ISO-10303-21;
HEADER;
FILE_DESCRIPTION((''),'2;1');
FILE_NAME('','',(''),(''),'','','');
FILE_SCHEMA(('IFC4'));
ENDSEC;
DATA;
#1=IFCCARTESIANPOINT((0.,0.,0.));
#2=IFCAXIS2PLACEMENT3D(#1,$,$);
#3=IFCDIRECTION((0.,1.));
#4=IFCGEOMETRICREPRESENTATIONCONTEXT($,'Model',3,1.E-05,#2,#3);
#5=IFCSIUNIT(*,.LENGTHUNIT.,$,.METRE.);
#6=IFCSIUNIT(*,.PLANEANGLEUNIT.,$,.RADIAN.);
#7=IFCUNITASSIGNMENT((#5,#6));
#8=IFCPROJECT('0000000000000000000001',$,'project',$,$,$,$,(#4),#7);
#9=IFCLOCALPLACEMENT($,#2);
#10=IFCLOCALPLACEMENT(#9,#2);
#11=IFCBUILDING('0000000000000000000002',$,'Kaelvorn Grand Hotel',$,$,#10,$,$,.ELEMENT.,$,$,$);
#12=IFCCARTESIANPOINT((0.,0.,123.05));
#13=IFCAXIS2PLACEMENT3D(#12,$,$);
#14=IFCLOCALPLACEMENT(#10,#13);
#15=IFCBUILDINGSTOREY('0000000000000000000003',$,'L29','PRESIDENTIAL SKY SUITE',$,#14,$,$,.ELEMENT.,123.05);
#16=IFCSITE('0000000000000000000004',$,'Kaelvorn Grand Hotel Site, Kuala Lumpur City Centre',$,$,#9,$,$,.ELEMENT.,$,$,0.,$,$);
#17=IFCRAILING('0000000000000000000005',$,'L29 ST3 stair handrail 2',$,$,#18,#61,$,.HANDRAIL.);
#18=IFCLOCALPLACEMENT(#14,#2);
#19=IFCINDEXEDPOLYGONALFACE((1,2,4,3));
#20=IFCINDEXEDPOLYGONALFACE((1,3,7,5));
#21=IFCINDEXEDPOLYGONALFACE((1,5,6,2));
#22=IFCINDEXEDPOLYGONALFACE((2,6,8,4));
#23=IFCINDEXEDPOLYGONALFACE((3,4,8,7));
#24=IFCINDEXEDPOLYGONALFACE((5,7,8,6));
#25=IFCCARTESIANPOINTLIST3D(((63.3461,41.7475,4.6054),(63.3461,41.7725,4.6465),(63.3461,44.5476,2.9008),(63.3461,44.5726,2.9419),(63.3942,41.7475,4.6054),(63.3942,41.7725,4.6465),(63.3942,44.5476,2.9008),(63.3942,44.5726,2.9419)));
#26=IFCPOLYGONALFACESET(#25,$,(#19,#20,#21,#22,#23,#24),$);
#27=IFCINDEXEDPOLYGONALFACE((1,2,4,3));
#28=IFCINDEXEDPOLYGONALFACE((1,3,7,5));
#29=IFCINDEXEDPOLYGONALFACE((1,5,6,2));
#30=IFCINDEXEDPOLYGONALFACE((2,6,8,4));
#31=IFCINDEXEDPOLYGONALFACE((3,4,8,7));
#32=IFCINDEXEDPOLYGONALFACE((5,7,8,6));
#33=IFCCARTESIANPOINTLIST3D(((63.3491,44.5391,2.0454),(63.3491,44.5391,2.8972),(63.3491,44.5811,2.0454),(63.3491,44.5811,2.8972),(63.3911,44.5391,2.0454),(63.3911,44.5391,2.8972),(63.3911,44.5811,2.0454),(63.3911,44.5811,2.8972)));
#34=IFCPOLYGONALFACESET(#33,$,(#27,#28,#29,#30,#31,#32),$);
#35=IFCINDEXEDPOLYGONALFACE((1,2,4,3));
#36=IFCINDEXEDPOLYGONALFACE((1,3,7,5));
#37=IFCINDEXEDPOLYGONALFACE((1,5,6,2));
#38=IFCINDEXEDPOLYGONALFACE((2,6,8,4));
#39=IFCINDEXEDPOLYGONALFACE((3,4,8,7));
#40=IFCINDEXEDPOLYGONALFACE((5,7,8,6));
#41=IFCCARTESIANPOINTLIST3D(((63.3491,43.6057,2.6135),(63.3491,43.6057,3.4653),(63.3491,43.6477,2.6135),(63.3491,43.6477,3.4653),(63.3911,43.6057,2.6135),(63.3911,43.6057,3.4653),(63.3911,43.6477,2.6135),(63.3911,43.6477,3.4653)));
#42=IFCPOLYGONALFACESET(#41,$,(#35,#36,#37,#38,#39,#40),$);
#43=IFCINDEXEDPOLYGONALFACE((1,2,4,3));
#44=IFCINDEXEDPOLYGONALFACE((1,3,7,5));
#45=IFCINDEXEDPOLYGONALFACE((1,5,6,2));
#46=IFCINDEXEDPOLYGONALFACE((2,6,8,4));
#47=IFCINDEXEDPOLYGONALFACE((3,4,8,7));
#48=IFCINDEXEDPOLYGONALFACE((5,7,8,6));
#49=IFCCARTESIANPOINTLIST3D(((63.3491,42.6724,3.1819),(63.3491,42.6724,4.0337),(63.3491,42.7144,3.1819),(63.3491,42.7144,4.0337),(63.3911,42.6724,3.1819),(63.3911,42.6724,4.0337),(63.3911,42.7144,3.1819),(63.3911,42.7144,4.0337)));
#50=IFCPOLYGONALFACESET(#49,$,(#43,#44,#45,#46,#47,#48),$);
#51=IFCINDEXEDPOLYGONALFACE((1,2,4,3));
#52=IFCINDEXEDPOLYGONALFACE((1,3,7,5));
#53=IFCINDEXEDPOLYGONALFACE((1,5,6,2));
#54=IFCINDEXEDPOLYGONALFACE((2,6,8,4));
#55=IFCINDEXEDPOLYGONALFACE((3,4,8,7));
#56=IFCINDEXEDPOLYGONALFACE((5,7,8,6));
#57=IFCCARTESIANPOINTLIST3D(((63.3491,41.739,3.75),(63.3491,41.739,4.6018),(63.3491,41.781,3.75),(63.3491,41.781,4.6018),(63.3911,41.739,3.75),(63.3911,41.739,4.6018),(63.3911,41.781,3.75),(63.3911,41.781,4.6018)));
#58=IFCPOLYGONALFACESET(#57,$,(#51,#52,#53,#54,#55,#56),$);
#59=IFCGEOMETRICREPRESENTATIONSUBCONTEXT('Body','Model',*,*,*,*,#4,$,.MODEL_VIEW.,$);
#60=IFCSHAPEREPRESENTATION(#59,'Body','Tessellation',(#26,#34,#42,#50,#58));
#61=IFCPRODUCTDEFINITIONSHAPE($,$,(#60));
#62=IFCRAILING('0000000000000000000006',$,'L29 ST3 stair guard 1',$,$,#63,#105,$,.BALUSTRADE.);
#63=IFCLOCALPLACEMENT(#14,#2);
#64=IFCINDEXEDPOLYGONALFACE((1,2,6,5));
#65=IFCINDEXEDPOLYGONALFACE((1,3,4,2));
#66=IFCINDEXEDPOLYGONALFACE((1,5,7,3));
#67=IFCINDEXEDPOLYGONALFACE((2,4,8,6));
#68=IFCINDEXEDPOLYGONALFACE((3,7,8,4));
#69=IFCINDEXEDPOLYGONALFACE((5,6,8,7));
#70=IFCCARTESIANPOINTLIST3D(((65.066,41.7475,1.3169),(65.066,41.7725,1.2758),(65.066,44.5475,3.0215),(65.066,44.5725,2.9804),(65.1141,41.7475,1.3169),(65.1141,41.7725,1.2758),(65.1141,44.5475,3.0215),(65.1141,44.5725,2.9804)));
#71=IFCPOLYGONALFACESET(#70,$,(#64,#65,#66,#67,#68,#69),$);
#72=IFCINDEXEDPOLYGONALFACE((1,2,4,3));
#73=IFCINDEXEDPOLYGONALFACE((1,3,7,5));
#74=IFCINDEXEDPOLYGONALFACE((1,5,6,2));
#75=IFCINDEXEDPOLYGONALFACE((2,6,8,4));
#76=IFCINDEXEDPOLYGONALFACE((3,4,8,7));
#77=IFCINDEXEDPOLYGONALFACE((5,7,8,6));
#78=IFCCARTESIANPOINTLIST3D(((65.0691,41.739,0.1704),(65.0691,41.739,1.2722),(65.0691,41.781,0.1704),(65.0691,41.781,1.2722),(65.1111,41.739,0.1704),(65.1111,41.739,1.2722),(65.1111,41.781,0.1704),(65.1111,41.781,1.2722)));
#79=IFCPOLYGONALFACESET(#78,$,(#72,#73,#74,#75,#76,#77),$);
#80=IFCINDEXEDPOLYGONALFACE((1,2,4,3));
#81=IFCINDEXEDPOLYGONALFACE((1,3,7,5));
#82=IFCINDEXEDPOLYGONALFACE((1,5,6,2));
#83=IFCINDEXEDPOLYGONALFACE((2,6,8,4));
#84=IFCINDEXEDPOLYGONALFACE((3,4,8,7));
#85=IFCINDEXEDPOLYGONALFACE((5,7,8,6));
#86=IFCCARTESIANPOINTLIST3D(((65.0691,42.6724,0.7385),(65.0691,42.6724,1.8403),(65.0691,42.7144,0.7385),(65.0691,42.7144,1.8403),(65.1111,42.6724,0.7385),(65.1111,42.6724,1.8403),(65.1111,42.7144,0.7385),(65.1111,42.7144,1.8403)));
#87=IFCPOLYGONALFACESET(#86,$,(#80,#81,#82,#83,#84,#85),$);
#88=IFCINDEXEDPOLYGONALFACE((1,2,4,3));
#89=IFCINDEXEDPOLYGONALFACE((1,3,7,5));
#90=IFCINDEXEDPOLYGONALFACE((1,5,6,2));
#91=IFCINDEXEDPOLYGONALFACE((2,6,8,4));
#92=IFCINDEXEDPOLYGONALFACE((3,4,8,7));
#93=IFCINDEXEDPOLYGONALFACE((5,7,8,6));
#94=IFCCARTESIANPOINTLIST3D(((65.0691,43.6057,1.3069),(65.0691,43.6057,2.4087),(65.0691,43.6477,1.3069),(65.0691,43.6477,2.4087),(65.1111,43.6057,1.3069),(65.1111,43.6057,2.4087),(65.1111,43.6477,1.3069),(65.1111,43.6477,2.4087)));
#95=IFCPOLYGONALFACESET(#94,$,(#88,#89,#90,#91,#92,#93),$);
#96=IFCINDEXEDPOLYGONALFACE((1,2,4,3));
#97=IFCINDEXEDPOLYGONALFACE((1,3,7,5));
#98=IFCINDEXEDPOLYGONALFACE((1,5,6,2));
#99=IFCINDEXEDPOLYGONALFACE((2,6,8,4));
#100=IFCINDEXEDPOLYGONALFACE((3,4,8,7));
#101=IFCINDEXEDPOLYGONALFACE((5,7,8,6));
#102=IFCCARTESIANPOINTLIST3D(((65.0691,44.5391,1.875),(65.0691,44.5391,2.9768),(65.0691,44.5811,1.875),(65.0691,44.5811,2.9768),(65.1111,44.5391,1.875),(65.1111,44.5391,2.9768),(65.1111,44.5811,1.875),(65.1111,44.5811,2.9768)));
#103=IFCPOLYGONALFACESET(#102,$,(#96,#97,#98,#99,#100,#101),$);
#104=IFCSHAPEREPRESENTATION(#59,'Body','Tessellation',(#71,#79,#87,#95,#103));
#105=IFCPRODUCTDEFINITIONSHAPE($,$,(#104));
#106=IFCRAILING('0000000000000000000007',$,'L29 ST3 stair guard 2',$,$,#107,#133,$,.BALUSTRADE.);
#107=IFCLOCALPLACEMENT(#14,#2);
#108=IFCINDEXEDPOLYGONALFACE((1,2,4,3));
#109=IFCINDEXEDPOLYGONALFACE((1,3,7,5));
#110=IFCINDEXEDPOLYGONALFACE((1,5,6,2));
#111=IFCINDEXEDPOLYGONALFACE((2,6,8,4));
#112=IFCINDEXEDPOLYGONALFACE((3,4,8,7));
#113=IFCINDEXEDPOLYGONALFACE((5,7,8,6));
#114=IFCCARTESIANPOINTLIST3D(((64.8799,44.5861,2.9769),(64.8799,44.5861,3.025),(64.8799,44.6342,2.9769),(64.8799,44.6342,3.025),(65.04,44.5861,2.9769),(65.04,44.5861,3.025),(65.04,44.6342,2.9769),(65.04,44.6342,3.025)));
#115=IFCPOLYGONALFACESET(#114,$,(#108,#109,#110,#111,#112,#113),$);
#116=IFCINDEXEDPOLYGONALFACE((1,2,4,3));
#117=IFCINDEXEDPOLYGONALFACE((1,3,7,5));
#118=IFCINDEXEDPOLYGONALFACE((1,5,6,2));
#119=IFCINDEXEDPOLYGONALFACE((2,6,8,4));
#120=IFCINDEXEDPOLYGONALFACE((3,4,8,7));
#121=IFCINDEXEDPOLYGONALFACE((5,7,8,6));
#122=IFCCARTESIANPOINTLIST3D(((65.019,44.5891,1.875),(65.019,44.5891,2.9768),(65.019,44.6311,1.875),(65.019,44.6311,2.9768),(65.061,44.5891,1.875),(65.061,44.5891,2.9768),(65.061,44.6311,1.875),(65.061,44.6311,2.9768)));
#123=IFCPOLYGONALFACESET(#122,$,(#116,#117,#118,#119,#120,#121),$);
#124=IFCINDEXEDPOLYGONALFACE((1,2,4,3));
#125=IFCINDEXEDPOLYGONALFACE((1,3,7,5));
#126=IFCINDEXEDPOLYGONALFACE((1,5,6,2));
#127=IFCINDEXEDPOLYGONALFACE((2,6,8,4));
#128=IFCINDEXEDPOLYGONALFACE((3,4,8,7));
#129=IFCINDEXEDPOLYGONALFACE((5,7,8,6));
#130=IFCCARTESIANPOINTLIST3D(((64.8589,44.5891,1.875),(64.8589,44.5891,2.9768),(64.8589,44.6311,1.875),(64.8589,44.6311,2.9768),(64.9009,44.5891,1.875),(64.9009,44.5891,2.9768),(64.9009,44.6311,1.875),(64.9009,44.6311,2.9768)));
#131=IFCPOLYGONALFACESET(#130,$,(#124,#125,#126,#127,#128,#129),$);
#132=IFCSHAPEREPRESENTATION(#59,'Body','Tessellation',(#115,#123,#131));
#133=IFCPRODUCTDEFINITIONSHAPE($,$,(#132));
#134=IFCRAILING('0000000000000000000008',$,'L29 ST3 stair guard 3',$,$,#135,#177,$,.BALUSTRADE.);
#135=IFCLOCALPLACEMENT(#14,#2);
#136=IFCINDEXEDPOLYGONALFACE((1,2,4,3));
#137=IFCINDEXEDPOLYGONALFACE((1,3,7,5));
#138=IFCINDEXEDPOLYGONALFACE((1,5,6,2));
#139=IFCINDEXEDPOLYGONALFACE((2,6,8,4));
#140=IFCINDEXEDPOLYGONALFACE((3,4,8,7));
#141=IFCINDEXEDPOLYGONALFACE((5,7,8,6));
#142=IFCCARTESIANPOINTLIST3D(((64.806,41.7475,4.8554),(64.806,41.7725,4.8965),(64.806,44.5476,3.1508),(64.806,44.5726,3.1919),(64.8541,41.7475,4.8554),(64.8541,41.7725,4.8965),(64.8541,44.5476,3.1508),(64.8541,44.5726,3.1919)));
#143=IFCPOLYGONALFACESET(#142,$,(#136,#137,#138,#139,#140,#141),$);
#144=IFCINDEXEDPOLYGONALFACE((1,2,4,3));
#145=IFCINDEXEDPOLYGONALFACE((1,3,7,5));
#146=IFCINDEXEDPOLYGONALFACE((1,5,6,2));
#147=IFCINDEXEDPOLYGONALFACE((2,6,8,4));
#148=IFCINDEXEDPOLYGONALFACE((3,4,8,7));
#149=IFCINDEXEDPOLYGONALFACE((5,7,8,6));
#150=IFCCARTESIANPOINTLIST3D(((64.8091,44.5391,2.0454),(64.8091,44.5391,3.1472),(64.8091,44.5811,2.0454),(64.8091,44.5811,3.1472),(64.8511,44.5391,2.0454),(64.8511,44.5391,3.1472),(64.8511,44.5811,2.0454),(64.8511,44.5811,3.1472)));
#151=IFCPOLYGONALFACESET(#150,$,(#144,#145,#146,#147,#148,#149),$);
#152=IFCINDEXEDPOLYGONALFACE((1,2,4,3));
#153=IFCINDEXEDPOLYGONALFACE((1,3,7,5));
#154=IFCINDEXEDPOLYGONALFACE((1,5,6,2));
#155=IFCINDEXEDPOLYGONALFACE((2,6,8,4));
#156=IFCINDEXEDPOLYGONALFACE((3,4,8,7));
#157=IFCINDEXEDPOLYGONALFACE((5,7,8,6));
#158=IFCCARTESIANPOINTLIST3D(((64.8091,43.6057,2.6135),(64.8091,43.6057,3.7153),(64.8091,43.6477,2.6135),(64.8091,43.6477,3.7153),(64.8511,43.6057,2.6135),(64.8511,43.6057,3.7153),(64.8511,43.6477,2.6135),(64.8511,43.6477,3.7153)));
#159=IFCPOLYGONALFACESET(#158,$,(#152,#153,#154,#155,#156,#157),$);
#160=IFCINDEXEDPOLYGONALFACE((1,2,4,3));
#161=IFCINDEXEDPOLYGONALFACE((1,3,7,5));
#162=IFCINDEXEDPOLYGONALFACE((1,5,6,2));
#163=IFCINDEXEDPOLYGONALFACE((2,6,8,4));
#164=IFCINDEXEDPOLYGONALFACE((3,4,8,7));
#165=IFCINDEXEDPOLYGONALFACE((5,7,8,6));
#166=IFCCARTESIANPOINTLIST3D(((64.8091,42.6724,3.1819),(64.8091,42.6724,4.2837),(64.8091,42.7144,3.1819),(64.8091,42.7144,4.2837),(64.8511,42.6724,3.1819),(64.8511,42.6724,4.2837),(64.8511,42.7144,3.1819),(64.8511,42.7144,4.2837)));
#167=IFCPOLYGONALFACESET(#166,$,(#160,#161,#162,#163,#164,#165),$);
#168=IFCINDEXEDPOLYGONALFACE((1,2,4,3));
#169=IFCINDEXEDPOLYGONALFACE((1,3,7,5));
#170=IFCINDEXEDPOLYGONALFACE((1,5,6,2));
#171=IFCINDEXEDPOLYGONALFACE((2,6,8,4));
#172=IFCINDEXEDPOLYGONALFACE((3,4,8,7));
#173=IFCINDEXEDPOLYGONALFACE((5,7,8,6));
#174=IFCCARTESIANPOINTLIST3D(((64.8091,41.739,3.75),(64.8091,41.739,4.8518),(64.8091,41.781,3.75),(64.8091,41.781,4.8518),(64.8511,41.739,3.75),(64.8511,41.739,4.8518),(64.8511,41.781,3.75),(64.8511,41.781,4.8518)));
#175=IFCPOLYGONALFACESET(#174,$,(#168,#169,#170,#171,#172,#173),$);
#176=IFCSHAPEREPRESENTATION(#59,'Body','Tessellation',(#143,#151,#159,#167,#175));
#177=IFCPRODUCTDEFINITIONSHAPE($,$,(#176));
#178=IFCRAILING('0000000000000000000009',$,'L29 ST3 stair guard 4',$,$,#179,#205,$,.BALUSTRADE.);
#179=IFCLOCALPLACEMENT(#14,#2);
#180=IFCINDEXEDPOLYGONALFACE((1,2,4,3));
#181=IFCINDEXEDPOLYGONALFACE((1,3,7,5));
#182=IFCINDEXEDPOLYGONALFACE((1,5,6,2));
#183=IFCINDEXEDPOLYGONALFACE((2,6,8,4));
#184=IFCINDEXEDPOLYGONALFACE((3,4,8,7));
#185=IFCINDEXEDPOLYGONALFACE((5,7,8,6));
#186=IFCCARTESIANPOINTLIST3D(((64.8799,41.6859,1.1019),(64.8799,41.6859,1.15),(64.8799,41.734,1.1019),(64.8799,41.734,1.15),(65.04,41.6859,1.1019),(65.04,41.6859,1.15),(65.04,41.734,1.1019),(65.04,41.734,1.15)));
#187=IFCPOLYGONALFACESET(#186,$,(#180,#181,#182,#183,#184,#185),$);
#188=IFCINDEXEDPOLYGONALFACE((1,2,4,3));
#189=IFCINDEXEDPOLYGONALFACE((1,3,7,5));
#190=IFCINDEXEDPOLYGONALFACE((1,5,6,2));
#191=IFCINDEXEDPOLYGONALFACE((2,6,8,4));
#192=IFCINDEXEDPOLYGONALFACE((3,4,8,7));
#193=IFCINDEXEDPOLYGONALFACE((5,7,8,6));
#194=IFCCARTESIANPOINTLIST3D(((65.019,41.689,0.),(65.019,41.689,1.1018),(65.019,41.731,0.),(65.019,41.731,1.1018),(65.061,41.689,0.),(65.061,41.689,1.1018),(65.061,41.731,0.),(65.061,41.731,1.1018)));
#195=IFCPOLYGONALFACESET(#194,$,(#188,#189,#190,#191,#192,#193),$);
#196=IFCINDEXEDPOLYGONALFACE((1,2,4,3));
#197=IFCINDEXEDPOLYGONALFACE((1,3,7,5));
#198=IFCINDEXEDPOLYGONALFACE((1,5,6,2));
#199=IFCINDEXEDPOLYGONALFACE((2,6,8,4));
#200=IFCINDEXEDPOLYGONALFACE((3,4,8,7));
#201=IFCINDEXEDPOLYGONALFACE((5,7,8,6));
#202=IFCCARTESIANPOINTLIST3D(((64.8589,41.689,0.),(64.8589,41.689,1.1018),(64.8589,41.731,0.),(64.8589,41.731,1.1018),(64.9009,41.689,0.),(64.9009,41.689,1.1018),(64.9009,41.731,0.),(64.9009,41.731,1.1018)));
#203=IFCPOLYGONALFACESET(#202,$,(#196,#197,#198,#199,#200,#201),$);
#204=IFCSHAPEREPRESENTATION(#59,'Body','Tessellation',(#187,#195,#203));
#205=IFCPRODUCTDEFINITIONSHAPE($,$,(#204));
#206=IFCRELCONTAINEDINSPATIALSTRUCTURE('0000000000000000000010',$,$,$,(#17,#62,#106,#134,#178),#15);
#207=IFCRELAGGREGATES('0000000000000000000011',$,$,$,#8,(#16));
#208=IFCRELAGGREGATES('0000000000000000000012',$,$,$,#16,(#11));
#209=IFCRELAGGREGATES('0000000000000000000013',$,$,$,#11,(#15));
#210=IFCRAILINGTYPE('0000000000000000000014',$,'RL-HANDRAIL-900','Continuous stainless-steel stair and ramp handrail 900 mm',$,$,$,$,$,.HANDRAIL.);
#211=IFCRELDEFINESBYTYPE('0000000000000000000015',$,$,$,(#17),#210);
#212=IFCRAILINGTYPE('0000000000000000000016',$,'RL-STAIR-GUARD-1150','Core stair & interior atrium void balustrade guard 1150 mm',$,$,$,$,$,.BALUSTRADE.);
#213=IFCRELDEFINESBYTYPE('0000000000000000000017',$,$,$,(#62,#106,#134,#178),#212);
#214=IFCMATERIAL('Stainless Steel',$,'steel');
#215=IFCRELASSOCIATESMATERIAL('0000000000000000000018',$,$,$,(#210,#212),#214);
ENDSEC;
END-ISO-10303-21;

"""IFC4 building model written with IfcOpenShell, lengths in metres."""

from ifc_helpers import new_model, si_unit, direction, frame, origin, origin_2d, place, context, subcontext, project, spatial, rectangle, extrude, material, type_object, element, save


model = new_model("IFC4")

# Units and contexts
model_context = context("Model", 3, precision=1e-05, world=origin(), true_north=direction((0.0, 1.0)))
body_context = subcontext(model_context, "Body", "Model", "MODEL_VIEW")
ifc_project = project(units=[si_unit("LENGTHUNIT", "METRE"), si_unit("PLANEANGLEUNIT", "RADIAN")], contexts=[model_context])

# Site, building, storey
site_placement = place(None, origin())
site = spatial("IfcSite", under=ifc_project, at=site_placement, Name="Kaelvorn Grand Hotel Site, Kuala Lumpur City Centre", CompositionType="ELEMENT", RefElevation=0.0)
building_placement = place(site_placement, origin())
building = spatial("IfcBuilding", under=site, at=building_placement, Name="Kaelvorn Grand Hotel", CompositionType="ELEMENT")
storey_placement = place(building_placement, frame((0.0, 0.0, 123.05)))
storey = spatial("IfcBuildingStorey", under=building, at=storey_placement, Name="L29", Description="PRESIDENTIAL SKY SUITE", CompositionType="ELEMENT", Elevation=123.05)

# Railings
ifc_material_1 = material(Name="Stainless Steel", Category="steel")
railing_type_1 = type_object("IfcRailingType", Name="RL-HANDRAIL-900", Description="Continuous stainless-steel stair and ramp handrail 900 mm", PredefinedType="HANDRAIL", material=ifc_material_1)
railing_1_placement = place(storey_placement, frame((63.3701, 44.5601, 2.0454)))
element("IfcRailing", 1, at=railing_1_placement, inside=storey, type_object=railing_type_1, Name="L29 ST3 stair handrail 2", PredefinedType="HANDRAIL", context=body_context, shape_type="SweptSolid", body=[
    extrude(rectangle(XDim=0.0481, YDim=0.0481, at=origin_2d()), frame((0.0, 0.0, 0.876), z_axis=(0.0, -0.85417, 0.519994), x_axis=(1.0, 0.0, 0.0)), (0.0, 0.0, 1.0), 3.2781),
    extrude(rectangle(XDim=0.042, YDim=0.042, at=origin_2d()), origin(), (0.0, 0.0, 1.0), 0.8518),
    extrude(rectangle(XDim=0.042, YDim=0.042, at=origin_2d()), frame((0.0, -0.9333, 0.5681)), (0.0, 0.0, 1.0), 0.8518),
    extrude(rectangle(XDim=0.042, YDim=0.042, at=origin_2d()), frame((0.0, -1.8667, 1.1365)), (0.0, 0.0, 1.0), 0.8518),
    extrude(rectangle(XDim=0.042, YDim=0.042, at=origin_2d()), frame((0.0, -2.8, 1.7046)), (0.0, 0.0, 1.0), 0.8518),
])
railing_type_2 = type_object("IfcRailingType", Name="RL-STAIR-GUARD-1150", Description="Core stair & interior atrium void balustrade guard 1150 mm", PredefinedType="BALUSTRADE", material=ifc_material_1)
railing_2_placement = place(storey_placement, frame((65.0901, 41.76, 0.1704)))
element("IfcRailing", 2, at=railing_2_placement, inside=storey, type_object=railing_type_2, Name="L29 ST3 stair guard 1", PredefinedType="BALUSTRADE", context=body_context, shape_type="SweptSolid", body=[
    extrude(rectangle(XDim=0.0481, YDim=0.0481, at=origin_2d()), frame((0.0, 0.0, 1.126), z_axis=(0.0, 0.85417, 0.519994), x_axis=(-1.0, 0.0, 0.0)), (0.0, 0.0, 1.0), 3.2781),
    extrude(rectangle(XDim=0.042, YDim=0.042, at=origin_2d()), origin(), (0.0, 0.0, 1.0), 1.1018),
    extrude(rectangle(XDim=0.042, YDim=0.042, at=origin_2d()), frame((0.0, 0.9333, 0.5681)), (0.0, 0.0, 1.0), 1.1018),
    extrude(rectangle(XDim=0.042, YDim=0.042, at=origin_2d()), frame((0.0, 1.8667, 1.1365)), (0.0, 0.0, 1.0), 1.1018),
    extrude(rectangle(XDim=0.042, YDim=0.042, at=origin_2d()), frame((0.0, 2.8, 1.7046)), (0.0, 0.0, 1.0), 1.1018),
])
railing_3_placement = place(storey_placement, frame((65.04, 44.6101, 1.875)))
element("IfcRailing", 3, at=railing_3_placement, inside=storey, type_object=railing_type_2, Name="L29 ST3 stair guard 2", PredefinedType="BALUSTRADE", context=body_context, shape_type="SweptSolid", body=[
    extrude(rectangle(XDim=0.0481, YDim=0.0481, at=origin_2d()), frame((0.0, 0.0, 1.126), z_axis=(-1.0, 0.0, 0.0), x_axis=(0.0, -1.0, 0.0)), (0.0, 0.0, 1.0), 0.1602),
    extrude(rectangle(XDim=0.042, YDim=0.042, at=origin_2d()), origin(), (0.0, 0.0, 1.0), 1.1018),
    extrude(rectangle(XDim=0.042, YDim=0.042, at=origin_2d()), frame((-0.1602, 0.0, 0.0)), (0.0, 0.0, 1.0), 1.1018),
])
railing_4_placement = place(storey_placement, frame((64.8301, 44.5601, 2.0454)))
element("IfcRailing", 4, at=railing_4_placement, inside=storey, type_object=railing_type_2, Name="L29 ST3 stair guard 3", PredefinedType="BALUSTRADE", context=body_context, shape_type="SweptSolid", body=[
    extrude(rectangle(XDim=0.0481, YDim=0.0481, at=origin_2d()), frame((0.0, 0.0, 1.126), z_axis=(0.0, -0.85417, 0.519994), x_axis=(1.0, 0.0, 0.0)), (0.0, 0.0, 1.0), 3.2781),
    extrude(rectangle(XDim=0.042, YDim=0.042, at=origin_2d()), origin(), (0.0, 0.0, 1.0), 1.1018),
    extrude(rectangle(XDim=0.042, YDim=0.042, at=origin_2d()), frame((0.0, -0.9333, 0.5681)), (0.0, 0.0, 1.0), 1.1018),
    extrude(rectangle(XDim=0.042, YDim=0.042, at=origin_2d()), frame((0.0, -1.8667, 1.1365)), (0.0, 0.0, 1.0), 1.1018),
    extrude(rectangle(XDim=0.042, YDim=0.042, at=origin_2d()), frame((0.0, -2.8, 1.7046)), (0.0, 0.0, 1.0), 1.1018),
])
railing_5_placement = place(storey_placement, frame((65.04, 41.71, 0.0)))
element("IfcRailing", 5, at=railing_5_placement, inside=storey, type_object=railing_type_2, Name="L29 ST3 stair guard 4", PredefinedType="BALUSTRADE", context=body_context, shape_type="SweptSolid", body=[
    extrude(rectangle(XDim=0.0481, YDim=0.0481, at=origin_2d()), frame((0.0, 0.0, 1.126), z_axis=(-1.0, 0.0, 0.0), x_axis=(0.0, -1.0, 0.0)), (0.0, 0.0, 1.0), 0.1602),
    extrude(rectangle(XDim=0.042, YDim=0.042, at=origin_2d()), origin(), (0.0, 0.0, 1.0), 1.1018),
    extrude(rectangle(XDim=0.042, YDim=0.042, at=origin_2d()), frame((-0.1602, 0.0, 0.0)), (0.0, 0.0, 1.0), 1.1018),
])

save(model, "model.ifc")
